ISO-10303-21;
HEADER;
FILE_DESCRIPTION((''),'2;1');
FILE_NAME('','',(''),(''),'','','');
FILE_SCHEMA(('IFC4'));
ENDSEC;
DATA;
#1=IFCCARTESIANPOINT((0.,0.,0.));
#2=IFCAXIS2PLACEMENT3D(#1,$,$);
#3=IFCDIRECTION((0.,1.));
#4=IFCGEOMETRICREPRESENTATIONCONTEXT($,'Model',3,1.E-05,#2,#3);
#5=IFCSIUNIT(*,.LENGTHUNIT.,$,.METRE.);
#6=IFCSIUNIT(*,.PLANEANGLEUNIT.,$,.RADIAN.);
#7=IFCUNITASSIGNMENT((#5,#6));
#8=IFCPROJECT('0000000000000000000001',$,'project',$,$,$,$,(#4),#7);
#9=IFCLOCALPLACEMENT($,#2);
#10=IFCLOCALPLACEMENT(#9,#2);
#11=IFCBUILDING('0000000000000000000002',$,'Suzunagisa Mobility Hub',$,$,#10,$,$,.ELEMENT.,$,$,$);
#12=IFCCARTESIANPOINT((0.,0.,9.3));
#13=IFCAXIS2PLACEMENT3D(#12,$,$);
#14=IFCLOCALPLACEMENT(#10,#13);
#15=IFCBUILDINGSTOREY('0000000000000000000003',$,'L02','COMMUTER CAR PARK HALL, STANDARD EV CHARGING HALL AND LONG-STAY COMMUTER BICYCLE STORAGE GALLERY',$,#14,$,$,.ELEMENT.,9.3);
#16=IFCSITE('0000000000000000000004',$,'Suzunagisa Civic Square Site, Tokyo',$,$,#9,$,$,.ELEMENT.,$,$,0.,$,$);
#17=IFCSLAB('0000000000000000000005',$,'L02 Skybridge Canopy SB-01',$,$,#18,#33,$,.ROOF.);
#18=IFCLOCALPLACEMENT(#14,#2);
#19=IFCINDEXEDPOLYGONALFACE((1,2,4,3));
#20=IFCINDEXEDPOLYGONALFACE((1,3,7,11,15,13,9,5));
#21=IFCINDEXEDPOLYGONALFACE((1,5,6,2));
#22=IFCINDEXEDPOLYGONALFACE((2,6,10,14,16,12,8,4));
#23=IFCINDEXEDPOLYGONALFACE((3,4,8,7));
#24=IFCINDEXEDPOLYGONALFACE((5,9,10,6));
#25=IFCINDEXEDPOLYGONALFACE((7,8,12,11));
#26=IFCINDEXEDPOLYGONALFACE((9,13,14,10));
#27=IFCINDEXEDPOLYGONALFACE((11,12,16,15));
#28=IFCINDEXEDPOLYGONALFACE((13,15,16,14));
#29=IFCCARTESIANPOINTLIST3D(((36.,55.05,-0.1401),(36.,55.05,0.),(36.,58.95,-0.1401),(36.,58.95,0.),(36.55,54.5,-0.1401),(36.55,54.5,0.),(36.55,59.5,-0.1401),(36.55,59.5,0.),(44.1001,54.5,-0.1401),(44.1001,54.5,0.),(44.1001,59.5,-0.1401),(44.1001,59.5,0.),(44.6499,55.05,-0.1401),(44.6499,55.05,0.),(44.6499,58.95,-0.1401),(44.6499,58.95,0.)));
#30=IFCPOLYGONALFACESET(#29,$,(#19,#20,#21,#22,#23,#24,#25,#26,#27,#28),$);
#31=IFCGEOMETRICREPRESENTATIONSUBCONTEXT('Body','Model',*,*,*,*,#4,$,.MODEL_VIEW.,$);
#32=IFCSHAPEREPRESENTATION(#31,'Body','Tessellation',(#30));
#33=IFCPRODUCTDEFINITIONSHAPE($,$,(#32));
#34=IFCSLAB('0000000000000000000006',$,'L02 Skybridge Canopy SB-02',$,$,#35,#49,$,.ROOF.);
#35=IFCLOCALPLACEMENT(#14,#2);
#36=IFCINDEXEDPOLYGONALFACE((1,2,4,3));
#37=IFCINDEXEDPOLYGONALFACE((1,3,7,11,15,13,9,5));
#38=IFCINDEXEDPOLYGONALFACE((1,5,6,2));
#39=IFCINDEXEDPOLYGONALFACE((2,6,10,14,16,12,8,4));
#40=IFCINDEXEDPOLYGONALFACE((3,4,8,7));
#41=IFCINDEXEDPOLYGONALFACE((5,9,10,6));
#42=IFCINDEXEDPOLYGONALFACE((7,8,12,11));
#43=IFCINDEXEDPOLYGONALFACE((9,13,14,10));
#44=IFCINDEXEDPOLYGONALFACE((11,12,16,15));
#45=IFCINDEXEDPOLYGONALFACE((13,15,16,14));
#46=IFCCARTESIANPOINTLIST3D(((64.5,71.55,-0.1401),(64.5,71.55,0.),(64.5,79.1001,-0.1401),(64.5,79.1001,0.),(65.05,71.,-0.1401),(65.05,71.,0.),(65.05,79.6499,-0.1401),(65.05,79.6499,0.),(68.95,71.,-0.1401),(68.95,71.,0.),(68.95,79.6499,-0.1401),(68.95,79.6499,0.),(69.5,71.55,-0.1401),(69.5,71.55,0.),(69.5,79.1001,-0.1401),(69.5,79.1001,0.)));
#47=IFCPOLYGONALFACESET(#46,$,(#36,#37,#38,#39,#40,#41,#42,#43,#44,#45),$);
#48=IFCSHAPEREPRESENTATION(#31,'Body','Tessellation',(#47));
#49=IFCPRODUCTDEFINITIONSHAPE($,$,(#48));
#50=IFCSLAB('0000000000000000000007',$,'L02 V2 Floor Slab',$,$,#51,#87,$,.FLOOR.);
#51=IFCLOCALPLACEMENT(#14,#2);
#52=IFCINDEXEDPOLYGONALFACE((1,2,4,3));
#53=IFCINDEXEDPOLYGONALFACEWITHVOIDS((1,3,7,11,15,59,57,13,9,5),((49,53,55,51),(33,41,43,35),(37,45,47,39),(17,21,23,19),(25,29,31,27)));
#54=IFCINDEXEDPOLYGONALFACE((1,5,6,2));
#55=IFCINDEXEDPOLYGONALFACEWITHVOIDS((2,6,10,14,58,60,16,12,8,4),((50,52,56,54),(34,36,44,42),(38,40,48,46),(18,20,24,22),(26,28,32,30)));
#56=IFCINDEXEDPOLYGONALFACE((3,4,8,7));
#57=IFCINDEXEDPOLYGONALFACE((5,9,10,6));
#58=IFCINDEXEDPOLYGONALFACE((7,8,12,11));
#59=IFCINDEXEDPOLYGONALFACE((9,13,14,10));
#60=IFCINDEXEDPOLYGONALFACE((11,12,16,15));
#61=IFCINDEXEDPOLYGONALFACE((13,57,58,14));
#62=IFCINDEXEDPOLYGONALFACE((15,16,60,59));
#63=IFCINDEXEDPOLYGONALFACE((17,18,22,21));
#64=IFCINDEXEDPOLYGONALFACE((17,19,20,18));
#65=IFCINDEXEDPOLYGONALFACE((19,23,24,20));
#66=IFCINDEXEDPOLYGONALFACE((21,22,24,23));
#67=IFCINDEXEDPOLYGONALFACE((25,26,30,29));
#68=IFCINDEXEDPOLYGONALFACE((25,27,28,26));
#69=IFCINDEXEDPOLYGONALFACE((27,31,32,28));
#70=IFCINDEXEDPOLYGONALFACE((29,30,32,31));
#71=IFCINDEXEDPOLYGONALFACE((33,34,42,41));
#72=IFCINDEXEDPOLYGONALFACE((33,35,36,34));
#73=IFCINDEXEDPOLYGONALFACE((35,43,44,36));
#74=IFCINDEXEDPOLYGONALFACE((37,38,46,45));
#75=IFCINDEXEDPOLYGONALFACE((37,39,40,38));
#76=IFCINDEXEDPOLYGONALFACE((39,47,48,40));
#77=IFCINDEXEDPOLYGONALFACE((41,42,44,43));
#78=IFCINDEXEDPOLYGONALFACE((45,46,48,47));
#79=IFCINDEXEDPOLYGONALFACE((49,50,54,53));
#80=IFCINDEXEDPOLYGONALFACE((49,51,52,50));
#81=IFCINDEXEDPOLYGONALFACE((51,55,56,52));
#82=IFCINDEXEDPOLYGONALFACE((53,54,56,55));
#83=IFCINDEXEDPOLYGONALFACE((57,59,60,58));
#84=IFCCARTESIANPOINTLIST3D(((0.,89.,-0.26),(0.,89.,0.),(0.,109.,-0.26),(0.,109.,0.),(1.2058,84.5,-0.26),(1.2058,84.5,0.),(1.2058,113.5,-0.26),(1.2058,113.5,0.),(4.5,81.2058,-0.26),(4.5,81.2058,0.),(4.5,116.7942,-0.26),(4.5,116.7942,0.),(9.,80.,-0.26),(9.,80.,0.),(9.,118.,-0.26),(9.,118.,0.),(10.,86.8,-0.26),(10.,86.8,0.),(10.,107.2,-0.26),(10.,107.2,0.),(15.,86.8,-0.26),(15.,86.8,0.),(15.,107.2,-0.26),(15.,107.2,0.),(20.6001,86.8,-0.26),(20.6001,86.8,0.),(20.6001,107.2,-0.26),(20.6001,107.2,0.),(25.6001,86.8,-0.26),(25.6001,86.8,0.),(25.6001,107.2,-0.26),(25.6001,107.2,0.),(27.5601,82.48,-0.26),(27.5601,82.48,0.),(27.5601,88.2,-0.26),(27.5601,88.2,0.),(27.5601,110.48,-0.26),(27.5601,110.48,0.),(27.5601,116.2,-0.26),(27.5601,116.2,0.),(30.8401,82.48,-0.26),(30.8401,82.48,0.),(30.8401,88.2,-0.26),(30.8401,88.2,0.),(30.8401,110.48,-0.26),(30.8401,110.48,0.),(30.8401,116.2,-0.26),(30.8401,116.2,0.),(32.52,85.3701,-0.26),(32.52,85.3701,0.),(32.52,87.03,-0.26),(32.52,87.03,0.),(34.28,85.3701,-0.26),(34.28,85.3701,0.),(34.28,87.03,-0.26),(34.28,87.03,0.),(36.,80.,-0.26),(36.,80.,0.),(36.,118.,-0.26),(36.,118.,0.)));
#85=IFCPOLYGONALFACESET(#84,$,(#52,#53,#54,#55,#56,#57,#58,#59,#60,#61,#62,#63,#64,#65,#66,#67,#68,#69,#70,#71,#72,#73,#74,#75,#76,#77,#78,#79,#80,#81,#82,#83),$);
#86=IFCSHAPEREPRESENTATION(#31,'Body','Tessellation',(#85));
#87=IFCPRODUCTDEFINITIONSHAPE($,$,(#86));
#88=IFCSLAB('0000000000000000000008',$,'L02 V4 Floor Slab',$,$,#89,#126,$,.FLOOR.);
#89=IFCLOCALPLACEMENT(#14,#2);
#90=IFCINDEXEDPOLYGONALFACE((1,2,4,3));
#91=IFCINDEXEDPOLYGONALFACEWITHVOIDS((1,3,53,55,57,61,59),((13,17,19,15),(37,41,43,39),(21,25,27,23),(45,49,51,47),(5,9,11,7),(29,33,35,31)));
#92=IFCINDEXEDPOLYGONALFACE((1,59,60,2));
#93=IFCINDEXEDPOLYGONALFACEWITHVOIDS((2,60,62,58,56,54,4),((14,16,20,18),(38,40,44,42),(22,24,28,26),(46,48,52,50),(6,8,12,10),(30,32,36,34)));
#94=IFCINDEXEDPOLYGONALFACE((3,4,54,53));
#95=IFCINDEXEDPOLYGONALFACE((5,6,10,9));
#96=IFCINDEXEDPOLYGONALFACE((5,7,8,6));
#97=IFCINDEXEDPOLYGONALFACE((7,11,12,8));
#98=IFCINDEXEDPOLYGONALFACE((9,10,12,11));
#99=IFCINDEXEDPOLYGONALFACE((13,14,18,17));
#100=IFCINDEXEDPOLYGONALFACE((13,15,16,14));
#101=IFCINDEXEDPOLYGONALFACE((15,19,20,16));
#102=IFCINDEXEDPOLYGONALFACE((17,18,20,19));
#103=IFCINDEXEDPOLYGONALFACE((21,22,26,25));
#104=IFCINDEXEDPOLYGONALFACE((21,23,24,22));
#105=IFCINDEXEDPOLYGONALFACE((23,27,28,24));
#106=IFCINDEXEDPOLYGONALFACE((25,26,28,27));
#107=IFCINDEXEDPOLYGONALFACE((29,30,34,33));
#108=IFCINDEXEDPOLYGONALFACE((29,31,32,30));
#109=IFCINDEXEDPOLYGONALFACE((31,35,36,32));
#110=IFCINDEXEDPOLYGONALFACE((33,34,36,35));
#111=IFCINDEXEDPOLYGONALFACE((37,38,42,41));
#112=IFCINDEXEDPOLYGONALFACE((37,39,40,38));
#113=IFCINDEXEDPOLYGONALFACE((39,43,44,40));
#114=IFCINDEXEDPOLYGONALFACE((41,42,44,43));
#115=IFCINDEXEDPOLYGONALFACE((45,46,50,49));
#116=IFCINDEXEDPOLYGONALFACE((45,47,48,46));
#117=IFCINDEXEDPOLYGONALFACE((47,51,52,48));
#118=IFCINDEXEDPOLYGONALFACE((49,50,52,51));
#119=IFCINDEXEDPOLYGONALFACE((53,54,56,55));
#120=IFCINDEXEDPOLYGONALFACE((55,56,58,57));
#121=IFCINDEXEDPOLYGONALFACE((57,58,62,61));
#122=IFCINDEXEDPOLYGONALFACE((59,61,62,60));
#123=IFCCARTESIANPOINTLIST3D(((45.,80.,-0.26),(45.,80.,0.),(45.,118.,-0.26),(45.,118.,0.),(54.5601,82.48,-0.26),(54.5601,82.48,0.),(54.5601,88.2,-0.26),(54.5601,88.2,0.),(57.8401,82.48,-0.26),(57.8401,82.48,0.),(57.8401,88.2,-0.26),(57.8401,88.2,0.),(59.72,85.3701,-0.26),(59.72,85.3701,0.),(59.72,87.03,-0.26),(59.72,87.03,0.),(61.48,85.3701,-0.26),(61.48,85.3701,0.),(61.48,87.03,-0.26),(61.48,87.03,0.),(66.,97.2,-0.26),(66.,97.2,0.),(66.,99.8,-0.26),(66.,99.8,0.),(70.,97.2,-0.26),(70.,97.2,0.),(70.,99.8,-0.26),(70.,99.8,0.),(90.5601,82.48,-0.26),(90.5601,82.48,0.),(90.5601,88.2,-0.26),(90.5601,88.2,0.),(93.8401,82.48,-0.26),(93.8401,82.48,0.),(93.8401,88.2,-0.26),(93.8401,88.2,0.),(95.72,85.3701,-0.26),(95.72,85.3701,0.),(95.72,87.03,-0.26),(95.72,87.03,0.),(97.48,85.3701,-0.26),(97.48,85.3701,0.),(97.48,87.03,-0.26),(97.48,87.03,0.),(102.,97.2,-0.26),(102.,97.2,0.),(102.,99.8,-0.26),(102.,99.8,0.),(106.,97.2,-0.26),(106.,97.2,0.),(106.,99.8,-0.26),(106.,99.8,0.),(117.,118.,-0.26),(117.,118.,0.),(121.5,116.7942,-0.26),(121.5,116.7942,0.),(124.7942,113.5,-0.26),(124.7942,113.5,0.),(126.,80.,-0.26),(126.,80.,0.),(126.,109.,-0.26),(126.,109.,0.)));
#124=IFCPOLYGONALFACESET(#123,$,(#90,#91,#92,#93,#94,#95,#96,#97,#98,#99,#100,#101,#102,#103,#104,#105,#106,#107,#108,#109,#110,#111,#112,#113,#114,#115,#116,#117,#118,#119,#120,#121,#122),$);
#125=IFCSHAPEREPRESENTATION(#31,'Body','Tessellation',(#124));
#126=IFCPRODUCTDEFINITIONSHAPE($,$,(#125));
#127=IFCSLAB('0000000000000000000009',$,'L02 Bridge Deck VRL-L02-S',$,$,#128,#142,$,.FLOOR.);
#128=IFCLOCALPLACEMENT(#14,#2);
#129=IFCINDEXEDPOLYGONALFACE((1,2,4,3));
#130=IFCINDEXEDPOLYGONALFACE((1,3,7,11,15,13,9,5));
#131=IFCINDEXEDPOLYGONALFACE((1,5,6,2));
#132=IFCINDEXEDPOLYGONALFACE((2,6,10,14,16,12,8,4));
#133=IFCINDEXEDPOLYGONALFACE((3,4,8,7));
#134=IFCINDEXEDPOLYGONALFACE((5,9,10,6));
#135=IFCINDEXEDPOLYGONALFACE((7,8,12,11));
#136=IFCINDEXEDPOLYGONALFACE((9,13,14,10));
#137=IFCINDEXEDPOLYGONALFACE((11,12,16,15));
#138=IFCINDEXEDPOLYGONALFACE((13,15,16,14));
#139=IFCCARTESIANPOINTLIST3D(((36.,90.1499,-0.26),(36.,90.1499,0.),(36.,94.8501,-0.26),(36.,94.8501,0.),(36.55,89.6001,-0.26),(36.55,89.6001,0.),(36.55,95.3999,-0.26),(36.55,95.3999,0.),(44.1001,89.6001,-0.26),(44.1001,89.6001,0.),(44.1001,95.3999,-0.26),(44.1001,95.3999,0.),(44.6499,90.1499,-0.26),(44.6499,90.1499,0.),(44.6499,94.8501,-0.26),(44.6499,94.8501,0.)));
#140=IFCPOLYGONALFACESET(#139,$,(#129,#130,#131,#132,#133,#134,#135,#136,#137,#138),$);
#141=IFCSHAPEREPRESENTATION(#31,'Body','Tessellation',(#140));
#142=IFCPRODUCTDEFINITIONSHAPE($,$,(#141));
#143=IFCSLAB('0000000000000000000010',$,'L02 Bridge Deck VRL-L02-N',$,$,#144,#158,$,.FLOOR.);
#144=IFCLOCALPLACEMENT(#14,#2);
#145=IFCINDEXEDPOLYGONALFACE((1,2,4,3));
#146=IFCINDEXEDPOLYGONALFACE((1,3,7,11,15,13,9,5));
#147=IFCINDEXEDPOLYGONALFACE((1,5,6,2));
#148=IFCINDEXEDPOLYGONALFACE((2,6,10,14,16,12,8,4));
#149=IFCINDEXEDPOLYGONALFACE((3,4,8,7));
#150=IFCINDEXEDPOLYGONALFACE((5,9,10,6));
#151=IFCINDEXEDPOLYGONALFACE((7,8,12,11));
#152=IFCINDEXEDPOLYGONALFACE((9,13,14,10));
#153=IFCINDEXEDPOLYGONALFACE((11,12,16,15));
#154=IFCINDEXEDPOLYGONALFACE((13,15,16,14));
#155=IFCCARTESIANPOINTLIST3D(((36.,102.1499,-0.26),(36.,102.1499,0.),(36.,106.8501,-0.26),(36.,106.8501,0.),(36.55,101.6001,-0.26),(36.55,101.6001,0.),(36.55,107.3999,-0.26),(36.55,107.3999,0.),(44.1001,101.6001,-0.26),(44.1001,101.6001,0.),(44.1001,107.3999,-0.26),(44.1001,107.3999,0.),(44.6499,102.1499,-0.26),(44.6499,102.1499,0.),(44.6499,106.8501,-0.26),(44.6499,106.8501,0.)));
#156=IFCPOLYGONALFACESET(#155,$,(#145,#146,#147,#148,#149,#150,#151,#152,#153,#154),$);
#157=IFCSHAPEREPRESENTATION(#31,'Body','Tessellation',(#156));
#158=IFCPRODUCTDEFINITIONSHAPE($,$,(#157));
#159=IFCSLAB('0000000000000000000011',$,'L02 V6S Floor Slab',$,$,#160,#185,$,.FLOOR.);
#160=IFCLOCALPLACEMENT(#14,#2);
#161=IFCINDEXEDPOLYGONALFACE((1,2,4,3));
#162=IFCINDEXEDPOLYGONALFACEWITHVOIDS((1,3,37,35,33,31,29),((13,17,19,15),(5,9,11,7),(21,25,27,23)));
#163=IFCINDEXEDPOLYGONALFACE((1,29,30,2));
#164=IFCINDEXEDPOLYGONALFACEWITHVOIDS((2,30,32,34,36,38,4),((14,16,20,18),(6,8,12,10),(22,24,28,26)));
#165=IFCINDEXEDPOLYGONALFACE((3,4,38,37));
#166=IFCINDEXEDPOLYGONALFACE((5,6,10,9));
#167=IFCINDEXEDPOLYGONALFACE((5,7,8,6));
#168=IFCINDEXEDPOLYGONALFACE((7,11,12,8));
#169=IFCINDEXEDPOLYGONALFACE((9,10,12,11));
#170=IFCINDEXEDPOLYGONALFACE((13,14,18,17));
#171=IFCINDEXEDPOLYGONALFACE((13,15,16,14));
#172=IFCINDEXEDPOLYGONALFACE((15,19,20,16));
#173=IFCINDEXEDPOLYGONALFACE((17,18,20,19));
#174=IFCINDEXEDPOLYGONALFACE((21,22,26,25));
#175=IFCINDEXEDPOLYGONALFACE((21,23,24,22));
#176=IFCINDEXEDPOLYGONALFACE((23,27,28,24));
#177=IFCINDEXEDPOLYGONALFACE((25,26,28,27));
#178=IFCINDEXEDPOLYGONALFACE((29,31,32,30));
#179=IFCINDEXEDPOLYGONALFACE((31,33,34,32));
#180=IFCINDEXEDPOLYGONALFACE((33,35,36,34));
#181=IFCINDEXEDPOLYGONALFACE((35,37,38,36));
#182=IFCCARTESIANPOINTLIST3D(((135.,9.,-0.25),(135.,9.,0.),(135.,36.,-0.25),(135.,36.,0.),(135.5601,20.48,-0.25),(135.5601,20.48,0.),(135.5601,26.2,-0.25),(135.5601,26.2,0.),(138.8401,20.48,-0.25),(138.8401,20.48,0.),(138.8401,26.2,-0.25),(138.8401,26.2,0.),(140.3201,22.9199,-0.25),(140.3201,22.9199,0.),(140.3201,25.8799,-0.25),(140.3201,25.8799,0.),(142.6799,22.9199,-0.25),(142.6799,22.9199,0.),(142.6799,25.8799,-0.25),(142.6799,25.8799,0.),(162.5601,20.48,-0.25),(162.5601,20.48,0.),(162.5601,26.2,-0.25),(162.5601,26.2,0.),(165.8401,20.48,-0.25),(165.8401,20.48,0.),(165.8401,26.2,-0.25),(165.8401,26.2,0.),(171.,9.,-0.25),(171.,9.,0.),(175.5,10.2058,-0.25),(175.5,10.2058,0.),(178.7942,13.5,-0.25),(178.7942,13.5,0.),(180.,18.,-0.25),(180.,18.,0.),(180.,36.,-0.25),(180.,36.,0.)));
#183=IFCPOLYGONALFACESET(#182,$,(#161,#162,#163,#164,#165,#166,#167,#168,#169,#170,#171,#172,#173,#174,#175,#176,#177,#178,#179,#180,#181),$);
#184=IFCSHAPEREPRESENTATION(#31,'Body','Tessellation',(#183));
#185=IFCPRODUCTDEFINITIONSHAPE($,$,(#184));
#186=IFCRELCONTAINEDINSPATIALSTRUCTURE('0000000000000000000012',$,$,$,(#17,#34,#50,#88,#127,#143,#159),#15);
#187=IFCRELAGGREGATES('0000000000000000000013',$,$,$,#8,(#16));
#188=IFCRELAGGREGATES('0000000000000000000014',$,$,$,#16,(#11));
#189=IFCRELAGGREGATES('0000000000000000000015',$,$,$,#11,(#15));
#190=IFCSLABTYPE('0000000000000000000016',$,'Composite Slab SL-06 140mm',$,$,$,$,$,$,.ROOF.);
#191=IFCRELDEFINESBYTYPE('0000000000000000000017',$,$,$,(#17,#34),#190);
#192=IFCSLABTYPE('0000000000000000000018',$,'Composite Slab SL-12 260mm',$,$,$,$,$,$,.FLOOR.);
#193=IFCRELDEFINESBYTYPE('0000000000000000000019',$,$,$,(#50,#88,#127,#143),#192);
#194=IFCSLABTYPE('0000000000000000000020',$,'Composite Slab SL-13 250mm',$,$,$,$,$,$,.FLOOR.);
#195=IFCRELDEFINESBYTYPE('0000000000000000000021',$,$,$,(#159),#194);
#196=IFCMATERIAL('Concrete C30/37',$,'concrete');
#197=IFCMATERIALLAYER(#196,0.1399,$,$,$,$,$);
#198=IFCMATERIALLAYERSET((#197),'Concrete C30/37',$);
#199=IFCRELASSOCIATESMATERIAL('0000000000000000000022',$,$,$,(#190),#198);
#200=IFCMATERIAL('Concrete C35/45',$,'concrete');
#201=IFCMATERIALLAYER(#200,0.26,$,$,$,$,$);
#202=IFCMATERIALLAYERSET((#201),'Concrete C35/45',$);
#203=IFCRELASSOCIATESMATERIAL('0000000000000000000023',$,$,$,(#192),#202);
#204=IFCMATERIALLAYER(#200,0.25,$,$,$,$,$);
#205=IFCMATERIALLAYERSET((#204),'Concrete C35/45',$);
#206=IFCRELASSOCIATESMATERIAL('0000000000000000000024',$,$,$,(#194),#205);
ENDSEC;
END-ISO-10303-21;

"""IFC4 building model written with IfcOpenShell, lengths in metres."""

from ifc_helpers import new_model, si_unit, direction, frame, origin, place, context, subcontext, project, spatial, polyline, outline, extrude, material, layer, layer_set, type_object, element, save


model = new_model("IFC4")

# Units and contexts
model_context = context("Model", 3, precision=1e-05, world=origin(), true_north=direction((0.0, 1.0)))
body_context = subcontext(model_context, "Body", "Model", "MODEL_VIEW")
ifc_project = project(units=[si_unit("LENGTHUNIT", "METRE"), si_unit("PLANEANGLEUNIT", "RADIAN")], contexts=[model_context])

# Site, building, storey
site_placement = place(None, origin())
site = spatial("IfcSite", under=ifc_project, at=site_placement, Name="Suzunagisa Civic Square Site, Tokyo", CompositionType="ELEMENT", RefElevation=0.0)
building_placement = place(site_placement, origin())
building = spatial("IfcBuilding", under=site, at=building_placement, Name="Suzunagisa Mobility Hub", CompositionType="ELEMENT")
storey_placement = place(building_placement, frame((0.0, 0.0, 9.3)))
storey = spatial("IfcBuildingStorey", under=building, at=storey_placement, Name="L02", Description="COMMUTER CAR PARK HALL, STANDARD EV CHARGING HALL AND LONG-STAY COMMUTER BICYCLE STORAGE GALLERY", CompositionType="ELEMENT", Elevation=9.3)

# Slabs
ifc_material_1 = material(Name="Concrete C30/37", Category="concrete")
ifc_layer_1 = layer(ifc_material_1, 0.1399)
ifc_layer_set_1 = layer_set([ifc_layer_1], Name="Concrete C30/37")
slab_type_1 = type_object("IfcSlabType", Name="Composite Slab SL-06 140mm", PredefinedType="ROOF", material=ifc_layer_set_1)
slab_1_placement = place(storey_placement, frame((0.0, 0.0, -0.1401)))
element("IfcSlab", 1, at=slab_1_placement, inside=storey, type_object=slab_type_1, Name="L02 Skybridge Canopy SB-01", PredefinedType="ROOF", context=body_context, shape_type="SweptSolid", body=[
    extrude(outline(polyline([(36.55, 54.5), (44.1001, 54.5), (44.6499, 55.05), (44.6499, 58.95), (44.1001, 59.5), (36.55, 59.5), (36.0, 58.95), (36.0, 55.05), (36.55, 54.5)])), origin(), (0.0, 0.0, 1.0), 0.1401),
])
slab_2_placement = place(storey_placement, frame((0.0, 0.0, -0.1401)))
element("IfcSlab", 2, at=slab_2_placement, inside=storey, type_object=slab_type_1, Name="L02 Skybridge Canopy SB-02", PredefinedType="ROOF", context=body_context, shape_type="SweptSolid", body=[
    extrude(outline(polyline([(65.05, 71.0), (68.95, 71.0), (69.5, 71.55), (69.5, 79.1001), (68.95, 79.6499), (65.05, 79.6499), (64.5, 79.1001), (64.5, 71.55), (65.05, 71.0)])), origin(), (0.0, 0.0, 1.0), 0.1401),
])
ifc_material_2 = material(Name="Concrete C35/45", Category="concrete")
ifc_layer_2 = layer(ifc_material_2, 0.26)
ifc_layer_set_2 = layer_set([ifc_layer_2], Name="Concrete C35/45")
slab_type_2 = type_object("IfcSlabType", Name="Composite Slab SL-12 260mm", PredefinedType="FLOOR", material=ifc_layer_set_2)
slab_3_placement = place(storey_placement, frame((0.0, 0.0, -0.26)))
element("IfcSlab", 3, at=slab_3_placement, inside=storey, type_object=slab_type_2, Name="L02 V2 Floor Slab", PredefinedType="FLOOR", context=body_context, shape_type="SweptSolid", body=[
    extrude(outline(polyline([(0.0, 89.0), (1.2058, 84.5), (4.5, 81.2058), (9.0, 80.0), (36.0, 80.0), (36.0, 118.0), (9.0, 118.0), (4.5, 116.7942), (1.2058, 113.5), (0.0, 109.0), (0.0, 89.0)]), holes=[polyline([(27.5601, 82.48), (30.8401, 82.48), (30.8401, 88.2), (27.5601, 88.2), (27.5601, 82.48)]), polyline([(32.52, 85.3701), (34.28, 85.3701), (34.28, 87.03), (32.52, 87.03), (32.52, 85.3701)]), polyline([(27.5601, 110.48), (30.8401, 110.48), (30.8401, 116.2), (27.5601, 116.2), (27.5601, 110.48)]), polyline([(10.0, 86.8), (15.0, 86.8), (15.0, 107.2), (10.0, 107.2), (10.0, 86.8)]), polyline([(20.6001, 86.8), (25.6001, 86.8), (25.6001, 107.2), (20.6001, 107.2), (20.6001, 86.8)])]), origin(), (0.0, 0.0, 1.0), 0.26),
])
slab_4_placement = place(storey_placement, frame((0.0, 0.0, -0.26)))
element("IfcSlab", 4, at=slab_4_placement, inside=storey, type_object=slab_type_2, Name="L02 V4 Floor Slab", PredefinedType="FLOOR", context=body_context, shape_type="SweptSolid", body=[
    extrude(outline(polyline([(45.0, 80.0), (126.0, 80.0), (126.0, 109.0), (124.7942, 113.5), (121.5, 116.7942), (117.0, 118.0), (45.0, 118.0), (45.0, 80.0)]), holes=[polyline([(66.0, 97.2), (70.0, 97.2), (70.0, 99.8), (66.0, 99.8), (66.0, 97.2)]), polyline([(102.0, 97.2), (106.0, 97.2), (106.0, 99.8), (102.0, 99.8), (102.0, 97.2)]), polyline([(54.5601, 82.48), (57.8401, 82.48), (57.8401, 88.2), (54.5601, 88.2), (54.5601, 82.48)]), polyline([(59.72, 85.3701), (61.48, 85.3701), (61.48, 87.03), (59.72, 87.03), (59.72, 85.3701)]), polyline([(90.5601, 82.48), (93.8401, 82.48), (93.8401, 88.2), (90.5601, 88.2), (90.5601, 82.48)]), polyline([(95.72, 85.3701), (97.48, 85.3701), (97.48, 87.03), (95.72, 87.03), (95.72, 85.3701)])]), origin(), (0.0, 0.0, 1.0), 0.26),
])
slab_5_placement = place(storey_placement, frame((0.0, 0.0, -0.26)))
element("IfcSlab", 5, at=slab_5_placement, inside=storey, type_object=slab_type_2, Name="L02 Bridge Deck VRL-L02-S", PredefinedType="FLOOR", context=body_context, shape_type="SweptSolid", body=[
    extrude(outline(polyline([(36.55, 89.6001), (44.1001, 89.6001), (44.6499, 90.1499), (44.6499, 94.8501), (44.1001, 95.3999), (36.55, 95.3999), (36.0, 94.8501), (36.0, 90.1499), (36.55, 89.6001)])), origin(), (0.0, 0.0, 1.0), 0.26),
])
slab_6_placement = place(storey_placement, frame((0.0, 0.0, -0.26)))
element("IfcSlab", 6, at=slab_6_placement, inside=storey, type_object=slab_type_2, Name="L02 Bridge Deck VRL-L02-N", PredefinedType="FLOOR", context=body_context, shape_type="SweptSolid", body=[
    extrude(outline(polyline([(36.55, 101.6001), (44.1001, 101.6001), (44.6499, 102.1499), (44.6499, 106.8501), (44.1001, 107.3999), (36.55, 107.3999), (36.0, 106.8501), (36.0, 102.1499), (36.55, 101.6001)])), origin(), (0.0, 0.0, 1.0), 0.26),
])
ifc_layer_3 = layer(ifc_material_2, 0.25)
ifc_layer_set_3 = layer_set([ifc_layer_3], Name="Concrete C35/45")
slab_type_3 = type_object("IfcSlabType", Name="Composite Slab SL-13 250mm", PredefinedType="FLOOR", material=ifc_layer_set_3)
slab_7_placement = place(storey_placement, frame((0.0, 0.0, -0.25)))
element("IfcSlab", 7, at=slab_7_placement, inside=storey, type_object=slab_type_3, Name="L02 V6S Floor Slab", PredefinedType="FLOOR", context=body_context, shape_type="SweptSolid", body=[
    extrude(outline(polyline([(135.0, 9.0), (171.0, 9.0), (175.5, 10.2058), (178.7942, 13.5), (180.0, 18.0), (180.0, 36.0), (135.0, 36.0), (135.0, 9.0)]), holes=[polyline([(135.5601, 20.48), (138.8401, 20.48), (138.8401, 26.2), (135.5601, 26.2), (135.5601, 20.48)]), polyline([(140.3201, 22.9199), (142.6799, 22.9199), (142.6799, 25.8799), (140.3201, 25.8799), (140.3201, 22.9199)]), polyline([(162.5601, 20.48), (165.8401, 20.48), (165.8401, 26.2), (162.5601, 26.2), (162.5601, 20.48)])]), origin(), (0.0, 0.0, 1.0), 0.25),
])

save(model, "model.ifc")
